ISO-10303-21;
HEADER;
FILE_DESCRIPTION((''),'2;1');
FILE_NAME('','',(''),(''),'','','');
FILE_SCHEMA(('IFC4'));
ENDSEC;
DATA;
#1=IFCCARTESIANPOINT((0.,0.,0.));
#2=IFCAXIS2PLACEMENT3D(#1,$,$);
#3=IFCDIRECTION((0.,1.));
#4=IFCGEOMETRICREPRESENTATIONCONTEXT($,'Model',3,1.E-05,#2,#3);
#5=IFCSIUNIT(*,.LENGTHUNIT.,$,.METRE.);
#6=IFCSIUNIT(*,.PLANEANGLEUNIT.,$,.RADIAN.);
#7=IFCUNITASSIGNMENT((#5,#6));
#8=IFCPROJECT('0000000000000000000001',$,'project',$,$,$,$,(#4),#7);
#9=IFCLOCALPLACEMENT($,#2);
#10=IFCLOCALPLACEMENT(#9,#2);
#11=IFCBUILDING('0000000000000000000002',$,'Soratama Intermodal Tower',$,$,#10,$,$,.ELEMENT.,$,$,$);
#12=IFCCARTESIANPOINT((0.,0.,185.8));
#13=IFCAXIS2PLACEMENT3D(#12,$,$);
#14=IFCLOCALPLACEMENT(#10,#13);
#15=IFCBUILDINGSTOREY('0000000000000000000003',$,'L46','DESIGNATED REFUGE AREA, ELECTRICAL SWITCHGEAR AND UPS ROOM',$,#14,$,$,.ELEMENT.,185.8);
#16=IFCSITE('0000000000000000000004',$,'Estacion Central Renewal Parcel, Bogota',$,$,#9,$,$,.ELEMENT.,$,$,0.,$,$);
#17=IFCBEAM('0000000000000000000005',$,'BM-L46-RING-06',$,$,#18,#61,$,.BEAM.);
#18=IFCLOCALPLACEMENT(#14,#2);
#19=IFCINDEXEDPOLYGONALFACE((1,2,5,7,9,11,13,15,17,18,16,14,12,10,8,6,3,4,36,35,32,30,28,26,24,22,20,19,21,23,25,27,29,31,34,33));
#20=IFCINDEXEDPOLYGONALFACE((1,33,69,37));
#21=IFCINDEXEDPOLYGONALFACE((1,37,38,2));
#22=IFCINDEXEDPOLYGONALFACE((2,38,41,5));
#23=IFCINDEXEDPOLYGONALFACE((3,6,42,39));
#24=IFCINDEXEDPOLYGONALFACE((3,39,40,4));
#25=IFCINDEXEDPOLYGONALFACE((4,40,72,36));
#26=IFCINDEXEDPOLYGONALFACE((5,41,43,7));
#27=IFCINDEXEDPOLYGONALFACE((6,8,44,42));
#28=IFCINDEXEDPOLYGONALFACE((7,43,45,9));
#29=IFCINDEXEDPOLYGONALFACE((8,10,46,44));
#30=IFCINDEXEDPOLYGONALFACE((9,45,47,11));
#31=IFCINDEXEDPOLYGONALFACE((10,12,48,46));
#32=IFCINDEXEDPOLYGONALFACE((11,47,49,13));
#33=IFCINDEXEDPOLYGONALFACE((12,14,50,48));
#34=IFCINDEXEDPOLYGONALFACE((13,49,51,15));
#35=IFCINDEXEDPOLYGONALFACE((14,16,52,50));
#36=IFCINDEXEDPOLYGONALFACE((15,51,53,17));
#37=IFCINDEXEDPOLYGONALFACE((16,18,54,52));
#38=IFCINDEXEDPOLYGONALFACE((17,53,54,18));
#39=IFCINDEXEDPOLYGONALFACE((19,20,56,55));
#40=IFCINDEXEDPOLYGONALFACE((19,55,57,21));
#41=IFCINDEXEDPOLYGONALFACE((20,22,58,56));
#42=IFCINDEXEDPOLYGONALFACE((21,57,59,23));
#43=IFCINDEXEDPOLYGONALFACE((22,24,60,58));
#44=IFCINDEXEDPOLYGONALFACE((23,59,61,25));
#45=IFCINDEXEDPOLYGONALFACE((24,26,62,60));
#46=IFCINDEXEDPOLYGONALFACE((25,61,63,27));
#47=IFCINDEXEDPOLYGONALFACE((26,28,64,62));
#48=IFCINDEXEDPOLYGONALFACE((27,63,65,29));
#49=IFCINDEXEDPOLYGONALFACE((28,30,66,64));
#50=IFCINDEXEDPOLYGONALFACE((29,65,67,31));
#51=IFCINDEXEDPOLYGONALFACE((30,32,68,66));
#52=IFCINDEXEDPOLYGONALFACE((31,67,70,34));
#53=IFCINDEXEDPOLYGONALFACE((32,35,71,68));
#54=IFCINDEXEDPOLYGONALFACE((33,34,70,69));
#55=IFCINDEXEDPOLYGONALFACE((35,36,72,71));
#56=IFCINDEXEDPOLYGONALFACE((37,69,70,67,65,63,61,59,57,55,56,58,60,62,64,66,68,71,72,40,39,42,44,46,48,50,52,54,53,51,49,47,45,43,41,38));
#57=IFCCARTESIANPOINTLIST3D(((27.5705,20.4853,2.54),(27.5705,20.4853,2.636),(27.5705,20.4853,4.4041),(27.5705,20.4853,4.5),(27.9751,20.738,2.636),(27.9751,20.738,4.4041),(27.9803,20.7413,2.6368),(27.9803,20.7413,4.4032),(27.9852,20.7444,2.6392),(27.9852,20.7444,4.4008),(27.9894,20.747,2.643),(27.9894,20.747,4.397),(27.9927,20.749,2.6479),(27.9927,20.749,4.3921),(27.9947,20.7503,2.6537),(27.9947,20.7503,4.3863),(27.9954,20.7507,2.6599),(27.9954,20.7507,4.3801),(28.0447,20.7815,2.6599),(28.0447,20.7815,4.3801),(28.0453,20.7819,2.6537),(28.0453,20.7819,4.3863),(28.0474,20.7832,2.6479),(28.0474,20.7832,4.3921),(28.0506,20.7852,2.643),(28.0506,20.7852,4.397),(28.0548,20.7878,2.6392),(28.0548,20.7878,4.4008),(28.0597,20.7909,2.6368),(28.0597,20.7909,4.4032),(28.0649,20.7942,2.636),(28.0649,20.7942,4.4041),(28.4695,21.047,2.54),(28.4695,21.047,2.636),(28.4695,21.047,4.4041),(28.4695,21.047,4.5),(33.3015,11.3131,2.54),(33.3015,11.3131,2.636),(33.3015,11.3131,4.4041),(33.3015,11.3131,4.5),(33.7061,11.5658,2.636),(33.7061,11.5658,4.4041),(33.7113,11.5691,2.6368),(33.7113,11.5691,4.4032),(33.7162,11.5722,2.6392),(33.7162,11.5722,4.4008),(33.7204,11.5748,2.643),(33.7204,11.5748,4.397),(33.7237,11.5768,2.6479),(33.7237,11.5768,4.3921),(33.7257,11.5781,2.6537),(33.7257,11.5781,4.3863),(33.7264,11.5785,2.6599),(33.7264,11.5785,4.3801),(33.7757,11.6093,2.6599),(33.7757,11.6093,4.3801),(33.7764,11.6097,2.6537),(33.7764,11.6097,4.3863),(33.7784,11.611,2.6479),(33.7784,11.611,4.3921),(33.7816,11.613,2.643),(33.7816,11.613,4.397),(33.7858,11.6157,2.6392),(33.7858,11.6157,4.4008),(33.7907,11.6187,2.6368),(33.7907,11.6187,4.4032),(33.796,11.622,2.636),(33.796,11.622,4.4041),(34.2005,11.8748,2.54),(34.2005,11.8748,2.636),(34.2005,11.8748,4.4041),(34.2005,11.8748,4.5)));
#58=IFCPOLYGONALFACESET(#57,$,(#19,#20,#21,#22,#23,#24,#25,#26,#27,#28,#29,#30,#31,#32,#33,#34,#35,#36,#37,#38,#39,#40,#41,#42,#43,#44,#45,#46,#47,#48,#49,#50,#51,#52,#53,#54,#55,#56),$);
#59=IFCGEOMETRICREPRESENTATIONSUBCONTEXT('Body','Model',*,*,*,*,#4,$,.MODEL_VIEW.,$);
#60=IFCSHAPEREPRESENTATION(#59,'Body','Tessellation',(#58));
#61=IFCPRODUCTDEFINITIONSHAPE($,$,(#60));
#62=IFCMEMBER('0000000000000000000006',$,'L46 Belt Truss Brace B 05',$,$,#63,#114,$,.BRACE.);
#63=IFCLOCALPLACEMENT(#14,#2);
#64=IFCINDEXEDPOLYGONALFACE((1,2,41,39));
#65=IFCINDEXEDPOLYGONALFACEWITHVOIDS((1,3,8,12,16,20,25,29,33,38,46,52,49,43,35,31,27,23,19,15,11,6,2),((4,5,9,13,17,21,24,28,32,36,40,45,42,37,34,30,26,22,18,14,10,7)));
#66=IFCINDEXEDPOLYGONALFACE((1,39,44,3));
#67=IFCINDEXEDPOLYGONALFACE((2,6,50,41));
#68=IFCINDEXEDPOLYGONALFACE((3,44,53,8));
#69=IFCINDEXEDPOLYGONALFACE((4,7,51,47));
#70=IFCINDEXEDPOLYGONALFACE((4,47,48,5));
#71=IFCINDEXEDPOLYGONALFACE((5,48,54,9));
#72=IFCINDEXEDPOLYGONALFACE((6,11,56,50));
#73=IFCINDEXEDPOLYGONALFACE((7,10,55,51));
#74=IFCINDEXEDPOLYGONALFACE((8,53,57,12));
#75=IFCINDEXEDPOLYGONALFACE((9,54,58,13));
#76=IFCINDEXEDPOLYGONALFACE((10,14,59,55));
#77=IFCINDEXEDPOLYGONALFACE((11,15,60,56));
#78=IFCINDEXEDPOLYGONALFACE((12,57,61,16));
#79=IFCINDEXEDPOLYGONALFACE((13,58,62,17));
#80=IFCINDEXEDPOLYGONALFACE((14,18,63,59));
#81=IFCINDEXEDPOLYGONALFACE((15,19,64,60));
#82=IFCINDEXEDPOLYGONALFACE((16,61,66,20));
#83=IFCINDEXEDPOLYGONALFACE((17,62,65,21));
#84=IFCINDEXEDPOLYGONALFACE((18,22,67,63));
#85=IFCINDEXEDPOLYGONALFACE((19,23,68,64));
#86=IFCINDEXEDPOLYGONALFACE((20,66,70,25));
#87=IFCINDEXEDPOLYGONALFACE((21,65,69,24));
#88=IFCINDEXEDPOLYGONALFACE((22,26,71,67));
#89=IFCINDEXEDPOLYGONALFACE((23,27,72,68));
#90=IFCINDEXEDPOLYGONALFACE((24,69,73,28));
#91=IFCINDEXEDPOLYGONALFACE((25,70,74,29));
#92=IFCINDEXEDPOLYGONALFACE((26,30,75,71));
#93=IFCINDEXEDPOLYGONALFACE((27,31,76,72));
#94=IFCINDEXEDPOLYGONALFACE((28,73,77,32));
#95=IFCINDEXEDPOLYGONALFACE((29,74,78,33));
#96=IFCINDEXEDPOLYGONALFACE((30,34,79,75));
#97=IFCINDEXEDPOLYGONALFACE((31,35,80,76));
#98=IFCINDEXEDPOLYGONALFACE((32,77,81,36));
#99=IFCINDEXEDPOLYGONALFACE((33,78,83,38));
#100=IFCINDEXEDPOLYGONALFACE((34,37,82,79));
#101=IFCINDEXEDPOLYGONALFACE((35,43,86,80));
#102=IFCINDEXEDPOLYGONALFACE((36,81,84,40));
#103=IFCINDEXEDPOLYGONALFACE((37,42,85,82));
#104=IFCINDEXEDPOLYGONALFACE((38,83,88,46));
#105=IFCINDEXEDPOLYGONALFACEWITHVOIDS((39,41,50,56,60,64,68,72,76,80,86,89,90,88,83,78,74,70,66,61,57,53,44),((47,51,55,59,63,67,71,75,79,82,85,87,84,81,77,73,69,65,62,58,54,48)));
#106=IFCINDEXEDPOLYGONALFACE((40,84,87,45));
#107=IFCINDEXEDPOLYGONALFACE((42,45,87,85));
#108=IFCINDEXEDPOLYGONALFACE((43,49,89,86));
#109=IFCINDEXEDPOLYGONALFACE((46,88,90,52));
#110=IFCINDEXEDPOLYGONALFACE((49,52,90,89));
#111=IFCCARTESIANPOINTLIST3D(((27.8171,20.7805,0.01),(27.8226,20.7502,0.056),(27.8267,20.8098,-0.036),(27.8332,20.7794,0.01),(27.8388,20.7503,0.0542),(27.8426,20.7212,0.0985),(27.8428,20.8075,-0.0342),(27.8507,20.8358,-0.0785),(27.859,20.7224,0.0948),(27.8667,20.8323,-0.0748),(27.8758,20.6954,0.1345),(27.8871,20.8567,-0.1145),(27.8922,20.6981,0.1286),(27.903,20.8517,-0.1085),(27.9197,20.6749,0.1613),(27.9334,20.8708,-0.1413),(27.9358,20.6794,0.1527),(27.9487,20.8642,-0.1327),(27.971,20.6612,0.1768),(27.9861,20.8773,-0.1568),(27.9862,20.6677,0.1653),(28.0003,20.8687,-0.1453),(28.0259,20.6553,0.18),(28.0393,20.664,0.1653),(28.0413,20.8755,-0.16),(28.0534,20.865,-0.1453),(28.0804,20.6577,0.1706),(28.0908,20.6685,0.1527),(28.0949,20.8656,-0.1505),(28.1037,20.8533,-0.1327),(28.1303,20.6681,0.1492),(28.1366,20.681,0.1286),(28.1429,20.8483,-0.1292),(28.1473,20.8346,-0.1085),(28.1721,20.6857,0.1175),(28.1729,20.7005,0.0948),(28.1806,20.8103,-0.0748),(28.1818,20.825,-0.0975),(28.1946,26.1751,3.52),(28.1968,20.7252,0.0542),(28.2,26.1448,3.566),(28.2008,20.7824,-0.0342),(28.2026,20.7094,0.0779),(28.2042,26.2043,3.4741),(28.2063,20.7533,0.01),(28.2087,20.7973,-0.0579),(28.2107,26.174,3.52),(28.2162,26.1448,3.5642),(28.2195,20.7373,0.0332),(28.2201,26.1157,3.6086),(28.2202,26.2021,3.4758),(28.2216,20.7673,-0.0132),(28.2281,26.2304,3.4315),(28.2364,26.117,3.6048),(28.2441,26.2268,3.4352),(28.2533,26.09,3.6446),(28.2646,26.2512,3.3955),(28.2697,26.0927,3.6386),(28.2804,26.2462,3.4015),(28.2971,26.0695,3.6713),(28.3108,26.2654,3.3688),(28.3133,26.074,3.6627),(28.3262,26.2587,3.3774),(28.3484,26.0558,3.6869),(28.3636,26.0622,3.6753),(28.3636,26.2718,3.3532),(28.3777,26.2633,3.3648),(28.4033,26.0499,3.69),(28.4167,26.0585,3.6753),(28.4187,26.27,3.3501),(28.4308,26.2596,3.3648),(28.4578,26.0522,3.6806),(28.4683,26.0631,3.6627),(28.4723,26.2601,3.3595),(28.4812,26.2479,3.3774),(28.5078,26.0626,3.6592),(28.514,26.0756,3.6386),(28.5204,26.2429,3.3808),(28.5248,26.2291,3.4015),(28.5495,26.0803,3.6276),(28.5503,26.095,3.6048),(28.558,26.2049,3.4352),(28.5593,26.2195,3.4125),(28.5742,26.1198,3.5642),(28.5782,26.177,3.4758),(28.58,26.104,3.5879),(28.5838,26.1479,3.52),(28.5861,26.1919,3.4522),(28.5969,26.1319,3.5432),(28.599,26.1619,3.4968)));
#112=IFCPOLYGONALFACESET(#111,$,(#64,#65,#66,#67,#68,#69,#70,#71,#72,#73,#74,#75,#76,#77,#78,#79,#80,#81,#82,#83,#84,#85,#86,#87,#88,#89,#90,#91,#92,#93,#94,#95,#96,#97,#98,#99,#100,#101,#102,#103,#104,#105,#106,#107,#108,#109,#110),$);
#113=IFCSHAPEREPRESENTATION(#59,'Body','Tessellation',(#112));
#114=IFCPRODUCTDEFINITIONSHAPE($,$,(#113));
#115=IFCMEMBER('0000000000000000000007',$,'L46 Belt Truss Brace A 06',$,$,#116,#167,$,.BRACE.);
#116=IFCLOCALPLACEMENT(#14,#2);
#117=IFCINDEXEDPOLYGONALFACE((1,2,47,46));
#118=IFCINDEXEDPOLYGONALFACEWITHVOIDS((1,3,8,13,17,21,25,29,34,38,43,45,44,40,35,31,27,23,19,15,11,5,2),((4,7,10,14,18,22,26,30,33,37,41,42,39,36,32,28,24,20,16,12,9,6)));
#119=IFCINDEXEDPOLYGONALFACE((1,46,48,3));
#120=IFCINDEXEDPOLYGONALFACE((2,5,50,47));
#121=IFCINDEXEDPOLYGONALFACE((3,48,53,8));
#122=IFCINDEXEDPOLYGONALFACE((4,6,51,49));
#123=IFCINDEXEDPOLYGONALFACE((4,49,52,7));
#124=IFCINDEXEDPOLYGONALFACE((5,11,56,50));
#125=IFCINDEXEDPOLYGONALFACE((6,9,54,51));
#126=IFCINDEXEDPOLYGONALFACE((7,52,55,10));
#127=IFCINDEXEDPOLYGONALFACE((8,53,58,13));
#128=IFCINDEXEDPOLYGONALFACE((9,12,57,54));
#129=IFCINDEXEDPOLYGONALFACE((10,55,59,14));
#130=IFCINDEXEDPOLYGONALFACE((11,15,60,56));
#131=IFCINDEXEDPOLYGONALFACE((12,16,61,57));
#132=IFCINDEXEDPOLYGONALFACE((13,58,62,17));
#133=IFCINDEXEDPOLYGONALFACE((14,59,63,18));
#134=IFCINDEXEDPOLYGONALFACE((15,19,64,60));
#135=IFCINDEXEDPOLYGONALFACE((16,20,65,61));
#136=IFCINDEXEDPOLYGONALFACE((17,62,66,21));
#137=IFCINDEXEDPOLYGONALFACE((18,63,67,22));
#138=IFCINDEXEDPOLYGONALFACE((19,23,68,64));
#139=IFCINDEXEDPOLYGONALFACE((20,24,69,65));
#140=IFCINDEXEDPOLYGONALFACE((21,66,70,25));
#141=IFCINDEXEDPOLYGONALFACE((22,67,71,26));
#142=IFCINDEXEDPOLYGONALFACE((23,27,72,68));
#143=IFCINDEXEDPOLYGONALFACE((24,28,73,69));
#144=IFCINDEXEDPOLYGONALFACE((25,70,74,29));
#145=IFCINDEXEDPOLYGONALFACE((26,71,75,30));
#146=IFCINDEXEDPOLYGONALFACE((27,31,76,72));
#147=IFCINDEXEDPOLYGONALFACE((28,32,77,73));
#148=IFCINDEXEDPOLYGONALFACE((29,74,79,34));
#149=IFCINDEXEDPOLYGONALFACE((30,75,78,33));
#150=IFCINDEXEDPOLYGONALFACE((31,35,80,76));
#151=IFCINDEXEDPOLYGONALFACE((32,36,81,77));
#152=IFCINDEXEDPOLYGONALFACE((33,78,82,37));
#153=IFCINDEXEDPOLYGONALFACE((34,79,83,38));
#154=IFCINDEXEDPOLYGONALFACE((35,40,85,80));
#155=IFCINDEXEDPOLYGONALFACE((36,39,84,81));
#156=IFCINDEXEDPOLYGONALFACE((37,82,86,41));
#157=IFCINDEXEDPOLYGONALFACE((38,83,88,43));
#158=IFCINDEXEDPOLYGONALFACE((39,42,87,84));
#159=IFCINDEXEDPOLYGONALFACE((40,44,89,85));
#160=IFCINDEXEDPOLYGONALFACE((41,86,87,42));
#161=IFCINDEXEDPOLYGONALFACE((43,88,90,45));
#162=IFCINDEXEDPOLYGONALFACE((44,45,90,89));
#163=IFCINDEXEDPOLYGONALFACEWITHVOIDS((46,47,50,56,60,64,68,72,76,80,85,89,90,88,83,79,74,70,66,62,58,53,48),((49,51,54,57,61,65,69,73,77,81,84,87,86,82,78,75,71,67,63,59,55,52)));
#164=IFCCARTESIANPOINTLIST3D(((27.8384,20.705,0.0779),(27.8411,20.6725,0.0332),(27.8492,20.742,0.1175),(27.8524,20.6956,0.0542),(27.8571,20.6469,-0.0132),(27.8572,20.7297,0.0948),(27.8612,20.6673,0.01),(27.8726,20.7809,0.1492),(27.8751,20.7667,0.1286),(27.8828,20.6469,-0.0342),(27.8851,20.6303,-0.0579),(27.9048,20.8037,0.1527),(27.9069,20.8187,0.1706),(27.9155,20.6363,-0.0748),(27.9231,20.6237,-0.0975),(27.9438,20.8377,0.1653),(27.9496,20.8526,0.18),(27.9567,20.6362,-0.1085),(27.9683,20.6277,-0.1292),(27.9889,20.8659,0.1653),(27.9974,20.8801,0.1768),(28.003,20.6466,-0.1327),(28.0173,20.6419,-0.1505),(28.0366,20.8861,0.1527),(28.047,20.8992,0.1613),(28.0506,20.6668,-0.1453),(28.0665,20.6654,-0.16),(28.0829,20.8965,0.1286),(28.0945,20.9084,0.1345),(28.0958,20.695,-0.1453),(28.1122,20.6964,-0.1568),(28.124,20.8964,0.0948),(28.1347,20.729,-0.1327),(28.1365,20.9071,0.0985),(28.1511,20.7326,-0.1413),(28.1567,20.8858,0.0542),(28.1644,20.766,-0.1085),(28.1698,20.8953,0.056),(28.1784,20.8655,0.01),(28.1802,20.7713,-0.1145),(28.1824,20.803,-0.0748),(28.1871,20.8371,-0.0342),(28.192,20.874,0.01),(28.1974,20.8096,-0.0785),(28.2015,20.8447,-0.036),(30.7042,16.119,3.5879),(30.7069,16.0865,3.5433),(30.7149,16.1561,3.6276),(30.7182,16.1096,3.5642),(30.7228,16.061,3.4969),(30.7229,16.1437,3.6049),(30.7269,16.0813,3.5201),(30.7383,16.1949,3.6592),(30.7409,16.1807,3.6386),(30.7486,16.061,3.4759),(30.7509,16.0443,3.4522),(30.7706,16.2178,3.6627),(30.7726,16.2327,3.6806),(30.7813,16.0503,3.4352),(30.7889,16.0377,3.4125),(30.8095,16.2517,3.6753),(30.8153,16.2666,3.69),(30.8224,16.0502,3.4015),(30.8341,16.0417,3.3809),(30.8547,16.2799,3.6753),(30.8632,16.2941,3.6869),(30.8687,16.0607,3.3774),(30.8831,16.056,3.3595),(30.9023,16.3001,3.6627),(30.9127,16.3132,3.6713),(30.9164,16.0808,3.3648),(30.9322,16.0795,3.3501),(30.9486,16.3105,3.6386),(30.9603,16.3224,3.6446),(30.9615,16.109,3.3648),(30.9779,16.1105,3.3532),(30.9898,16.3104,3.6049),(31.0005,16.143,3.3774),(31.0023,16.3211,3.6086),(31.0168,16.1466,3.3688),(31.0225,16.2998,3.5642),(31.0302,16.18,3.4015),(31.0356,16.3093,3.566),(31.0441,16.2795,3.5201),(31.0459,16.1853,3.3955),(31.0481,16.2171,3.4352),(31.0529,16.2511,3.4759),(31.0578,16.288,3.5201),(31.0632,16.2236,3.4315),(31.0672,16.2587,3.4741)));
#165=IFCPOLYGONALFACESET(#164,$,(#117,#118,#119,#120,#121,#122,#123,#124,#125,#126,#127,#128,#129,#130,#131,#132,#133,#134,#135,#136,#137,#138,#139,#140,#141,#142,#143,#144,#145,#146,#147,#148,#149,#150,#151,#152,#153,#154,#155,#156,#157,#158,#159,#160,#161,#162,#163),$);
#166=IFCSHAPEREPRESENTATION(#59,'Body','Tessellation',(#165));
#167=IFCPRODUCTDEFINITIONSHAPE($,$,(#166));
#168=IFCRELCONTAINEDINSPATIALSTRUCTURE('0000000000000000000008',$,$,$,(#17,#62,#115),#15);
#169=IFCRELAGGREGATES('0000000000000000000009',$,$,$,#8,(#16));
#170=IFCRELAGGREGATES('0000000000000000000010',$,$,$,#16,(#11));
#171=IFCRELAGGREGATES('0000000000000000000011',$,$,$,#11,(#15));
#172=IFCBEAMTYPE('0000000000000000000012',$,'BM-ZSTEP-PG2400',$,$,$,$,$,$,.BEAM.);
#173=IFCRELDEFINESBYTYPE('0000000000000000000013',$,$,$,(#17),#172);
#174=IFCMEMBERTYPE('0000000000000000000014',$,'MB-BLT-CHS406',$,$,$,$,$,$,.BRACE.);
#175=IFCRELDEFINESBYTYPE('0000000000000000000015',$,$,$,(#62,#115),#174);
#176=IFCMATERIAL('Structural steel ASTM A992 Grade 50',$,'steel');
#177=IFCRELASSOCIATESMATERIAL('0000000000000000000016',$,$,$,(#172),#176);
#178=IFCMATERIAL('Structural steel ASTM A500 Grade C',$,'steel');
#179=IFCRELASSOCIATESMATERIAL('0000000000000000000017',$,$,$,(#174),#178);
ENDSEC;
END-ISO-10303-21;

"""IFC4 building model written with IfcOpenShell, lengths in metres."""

from ifc_helpers import new_model, si_unit, direction, frame, origin, origin_2d, place, context, subcontext, project, spatial, hollow_circle, i_section, extrude, material, material_profile, profile_set, type_object, element, save


model = new_model("IFC4")

# Units and contexts
model_context = context("Model", 3, precision=1e-05, world=origin(), true_north=direction((0.0, 1.0)))
body_context = subcontext(model_context, "Body", "Model", "MODEL_VIEW")
ifc_project = project(units=[si_unit("LENGTHUNIT", "METRE"), si_unit("PLANEANGLEUNIT", "RADIAN")], contexts=[model_context])

# Site, building, storey
site_placement = place(None, origin())
site = spatial("IfcSite", under=ifc_project, at=site_placement, Name="Estacion Central Renewal Parcel, Bogota", CompositionType="ELEMENT", RefElevation=0.0)
building_placement = place(site_placement, origin())
building = spatial("IfcBuilding", under=site, at=building_placement, Name="Soratama Intermodal Tower", CompositionType="ELEMENT")
storey_placement = place(building_placement, frame((0.0, 0.0, 185.8)))
storey = spatial("IfcBuildingStorey", under=building, at=storey_placement, Name="L46", Description="DESIGNATED REFUGE AREA, ELECTRICAL SWITCHGEAR AND UPS ROOM", CompositionType="ELEMENT", Elevation=185.8)

# Beam
ifc_material_1 = material(Name="Structural steel ASTM A992 Grade 50", Category="steel")
ifc_material_profile_1 = material_profile(ifc_material_1, i_section(OverallWidth=1.0601, OverallDepth=1.96, WebThickness=0.0581, FlangeThickness=0.0959, FilletRadius=0.0239, at=origin_2d()), Name="PG2400X900")
ifc_profile_set_1 = profile_set([ifc_material_profile_1], Name="Structural steel ASTM A992 Grade 50")
beam_type_1 = type_object("IfcBeamType", Name="BM-ZSTEP-PG2400", PredefinedType="BEAM", material=ifc_profile_set_1)
beam_1_placement = place(storey_placement, frame((28.02, 20.7661, 3.52), z_axis=(0.529891, -0.848066, 0.0), x_axis=(0.848066, 0.529891, 0.0)))
element("IfcBeam", 1, at=beam_1_placement, inside=storey, type_object=beam_type_1, Name="BM-L46-RING-06", PredefinedType="BEAM", context=body_context, shape_type="SweptSolid", body=[
    extrude(i_section(OverallWidth=1.0601, OverallDepth=1.96, WebThickness=0.0581, FlangeThickness=0.0959, FilletRadius=0.0239, at=origin_2d()), origin(), (0.0, 0.0, 1.0), 10.8154),
])

# Members
ifc_material_2 = material(Name="Structural steel ASTM A500 Grade C", Category="steel")
ifc_material_profile_2 = material_profile(ifc_material_2, hollow_circle(Radius=0.2031, WallThickness=0.0161, at=origin_2d()), Name="CHS406X16")
ifc_profile_set_2 = profile_set([ifc_material_profile_2], Name="Structural steel ASTM A500 Grade C")
member_type_1 = type_object("IfcMemberType", Name="MB-BLT-CHS406", PredefinedType="BRACE", material=ifc_profile_set_2)
for number, where, z_axis, x_axis, name in (
    (2, (28.0198, 20.7664, 0.01), (0.058545, 0.836753, 0.544442), (-0.997561, 0.069797, 0.0), "L46 Belt Truss Brace B 05"),
    (3, (28.0198, 20.7664, 0.01), (0.444507, -0.711333, 0.544444), (0.848039, 0.529934, 0.0), "L46 Belt Truss Brace A 06"),
):
    element("IfcMember", number, at=place(storey_placement, frame(where, z_axis=z_axis, x_axis=x_axis)), inside=storey, type_object=member_type_1, Name=name, PredefinedType="BRACE", context=body_context, shape_type="SweptSolid", body=[
        extrude(hollow_circle(Radius=0.2031, WallThickness=0.0161, at=origin_2d()), origin(), (0.0, 0.0, 1.0), 6.447),
    ])

save(model, "model.ifc")
